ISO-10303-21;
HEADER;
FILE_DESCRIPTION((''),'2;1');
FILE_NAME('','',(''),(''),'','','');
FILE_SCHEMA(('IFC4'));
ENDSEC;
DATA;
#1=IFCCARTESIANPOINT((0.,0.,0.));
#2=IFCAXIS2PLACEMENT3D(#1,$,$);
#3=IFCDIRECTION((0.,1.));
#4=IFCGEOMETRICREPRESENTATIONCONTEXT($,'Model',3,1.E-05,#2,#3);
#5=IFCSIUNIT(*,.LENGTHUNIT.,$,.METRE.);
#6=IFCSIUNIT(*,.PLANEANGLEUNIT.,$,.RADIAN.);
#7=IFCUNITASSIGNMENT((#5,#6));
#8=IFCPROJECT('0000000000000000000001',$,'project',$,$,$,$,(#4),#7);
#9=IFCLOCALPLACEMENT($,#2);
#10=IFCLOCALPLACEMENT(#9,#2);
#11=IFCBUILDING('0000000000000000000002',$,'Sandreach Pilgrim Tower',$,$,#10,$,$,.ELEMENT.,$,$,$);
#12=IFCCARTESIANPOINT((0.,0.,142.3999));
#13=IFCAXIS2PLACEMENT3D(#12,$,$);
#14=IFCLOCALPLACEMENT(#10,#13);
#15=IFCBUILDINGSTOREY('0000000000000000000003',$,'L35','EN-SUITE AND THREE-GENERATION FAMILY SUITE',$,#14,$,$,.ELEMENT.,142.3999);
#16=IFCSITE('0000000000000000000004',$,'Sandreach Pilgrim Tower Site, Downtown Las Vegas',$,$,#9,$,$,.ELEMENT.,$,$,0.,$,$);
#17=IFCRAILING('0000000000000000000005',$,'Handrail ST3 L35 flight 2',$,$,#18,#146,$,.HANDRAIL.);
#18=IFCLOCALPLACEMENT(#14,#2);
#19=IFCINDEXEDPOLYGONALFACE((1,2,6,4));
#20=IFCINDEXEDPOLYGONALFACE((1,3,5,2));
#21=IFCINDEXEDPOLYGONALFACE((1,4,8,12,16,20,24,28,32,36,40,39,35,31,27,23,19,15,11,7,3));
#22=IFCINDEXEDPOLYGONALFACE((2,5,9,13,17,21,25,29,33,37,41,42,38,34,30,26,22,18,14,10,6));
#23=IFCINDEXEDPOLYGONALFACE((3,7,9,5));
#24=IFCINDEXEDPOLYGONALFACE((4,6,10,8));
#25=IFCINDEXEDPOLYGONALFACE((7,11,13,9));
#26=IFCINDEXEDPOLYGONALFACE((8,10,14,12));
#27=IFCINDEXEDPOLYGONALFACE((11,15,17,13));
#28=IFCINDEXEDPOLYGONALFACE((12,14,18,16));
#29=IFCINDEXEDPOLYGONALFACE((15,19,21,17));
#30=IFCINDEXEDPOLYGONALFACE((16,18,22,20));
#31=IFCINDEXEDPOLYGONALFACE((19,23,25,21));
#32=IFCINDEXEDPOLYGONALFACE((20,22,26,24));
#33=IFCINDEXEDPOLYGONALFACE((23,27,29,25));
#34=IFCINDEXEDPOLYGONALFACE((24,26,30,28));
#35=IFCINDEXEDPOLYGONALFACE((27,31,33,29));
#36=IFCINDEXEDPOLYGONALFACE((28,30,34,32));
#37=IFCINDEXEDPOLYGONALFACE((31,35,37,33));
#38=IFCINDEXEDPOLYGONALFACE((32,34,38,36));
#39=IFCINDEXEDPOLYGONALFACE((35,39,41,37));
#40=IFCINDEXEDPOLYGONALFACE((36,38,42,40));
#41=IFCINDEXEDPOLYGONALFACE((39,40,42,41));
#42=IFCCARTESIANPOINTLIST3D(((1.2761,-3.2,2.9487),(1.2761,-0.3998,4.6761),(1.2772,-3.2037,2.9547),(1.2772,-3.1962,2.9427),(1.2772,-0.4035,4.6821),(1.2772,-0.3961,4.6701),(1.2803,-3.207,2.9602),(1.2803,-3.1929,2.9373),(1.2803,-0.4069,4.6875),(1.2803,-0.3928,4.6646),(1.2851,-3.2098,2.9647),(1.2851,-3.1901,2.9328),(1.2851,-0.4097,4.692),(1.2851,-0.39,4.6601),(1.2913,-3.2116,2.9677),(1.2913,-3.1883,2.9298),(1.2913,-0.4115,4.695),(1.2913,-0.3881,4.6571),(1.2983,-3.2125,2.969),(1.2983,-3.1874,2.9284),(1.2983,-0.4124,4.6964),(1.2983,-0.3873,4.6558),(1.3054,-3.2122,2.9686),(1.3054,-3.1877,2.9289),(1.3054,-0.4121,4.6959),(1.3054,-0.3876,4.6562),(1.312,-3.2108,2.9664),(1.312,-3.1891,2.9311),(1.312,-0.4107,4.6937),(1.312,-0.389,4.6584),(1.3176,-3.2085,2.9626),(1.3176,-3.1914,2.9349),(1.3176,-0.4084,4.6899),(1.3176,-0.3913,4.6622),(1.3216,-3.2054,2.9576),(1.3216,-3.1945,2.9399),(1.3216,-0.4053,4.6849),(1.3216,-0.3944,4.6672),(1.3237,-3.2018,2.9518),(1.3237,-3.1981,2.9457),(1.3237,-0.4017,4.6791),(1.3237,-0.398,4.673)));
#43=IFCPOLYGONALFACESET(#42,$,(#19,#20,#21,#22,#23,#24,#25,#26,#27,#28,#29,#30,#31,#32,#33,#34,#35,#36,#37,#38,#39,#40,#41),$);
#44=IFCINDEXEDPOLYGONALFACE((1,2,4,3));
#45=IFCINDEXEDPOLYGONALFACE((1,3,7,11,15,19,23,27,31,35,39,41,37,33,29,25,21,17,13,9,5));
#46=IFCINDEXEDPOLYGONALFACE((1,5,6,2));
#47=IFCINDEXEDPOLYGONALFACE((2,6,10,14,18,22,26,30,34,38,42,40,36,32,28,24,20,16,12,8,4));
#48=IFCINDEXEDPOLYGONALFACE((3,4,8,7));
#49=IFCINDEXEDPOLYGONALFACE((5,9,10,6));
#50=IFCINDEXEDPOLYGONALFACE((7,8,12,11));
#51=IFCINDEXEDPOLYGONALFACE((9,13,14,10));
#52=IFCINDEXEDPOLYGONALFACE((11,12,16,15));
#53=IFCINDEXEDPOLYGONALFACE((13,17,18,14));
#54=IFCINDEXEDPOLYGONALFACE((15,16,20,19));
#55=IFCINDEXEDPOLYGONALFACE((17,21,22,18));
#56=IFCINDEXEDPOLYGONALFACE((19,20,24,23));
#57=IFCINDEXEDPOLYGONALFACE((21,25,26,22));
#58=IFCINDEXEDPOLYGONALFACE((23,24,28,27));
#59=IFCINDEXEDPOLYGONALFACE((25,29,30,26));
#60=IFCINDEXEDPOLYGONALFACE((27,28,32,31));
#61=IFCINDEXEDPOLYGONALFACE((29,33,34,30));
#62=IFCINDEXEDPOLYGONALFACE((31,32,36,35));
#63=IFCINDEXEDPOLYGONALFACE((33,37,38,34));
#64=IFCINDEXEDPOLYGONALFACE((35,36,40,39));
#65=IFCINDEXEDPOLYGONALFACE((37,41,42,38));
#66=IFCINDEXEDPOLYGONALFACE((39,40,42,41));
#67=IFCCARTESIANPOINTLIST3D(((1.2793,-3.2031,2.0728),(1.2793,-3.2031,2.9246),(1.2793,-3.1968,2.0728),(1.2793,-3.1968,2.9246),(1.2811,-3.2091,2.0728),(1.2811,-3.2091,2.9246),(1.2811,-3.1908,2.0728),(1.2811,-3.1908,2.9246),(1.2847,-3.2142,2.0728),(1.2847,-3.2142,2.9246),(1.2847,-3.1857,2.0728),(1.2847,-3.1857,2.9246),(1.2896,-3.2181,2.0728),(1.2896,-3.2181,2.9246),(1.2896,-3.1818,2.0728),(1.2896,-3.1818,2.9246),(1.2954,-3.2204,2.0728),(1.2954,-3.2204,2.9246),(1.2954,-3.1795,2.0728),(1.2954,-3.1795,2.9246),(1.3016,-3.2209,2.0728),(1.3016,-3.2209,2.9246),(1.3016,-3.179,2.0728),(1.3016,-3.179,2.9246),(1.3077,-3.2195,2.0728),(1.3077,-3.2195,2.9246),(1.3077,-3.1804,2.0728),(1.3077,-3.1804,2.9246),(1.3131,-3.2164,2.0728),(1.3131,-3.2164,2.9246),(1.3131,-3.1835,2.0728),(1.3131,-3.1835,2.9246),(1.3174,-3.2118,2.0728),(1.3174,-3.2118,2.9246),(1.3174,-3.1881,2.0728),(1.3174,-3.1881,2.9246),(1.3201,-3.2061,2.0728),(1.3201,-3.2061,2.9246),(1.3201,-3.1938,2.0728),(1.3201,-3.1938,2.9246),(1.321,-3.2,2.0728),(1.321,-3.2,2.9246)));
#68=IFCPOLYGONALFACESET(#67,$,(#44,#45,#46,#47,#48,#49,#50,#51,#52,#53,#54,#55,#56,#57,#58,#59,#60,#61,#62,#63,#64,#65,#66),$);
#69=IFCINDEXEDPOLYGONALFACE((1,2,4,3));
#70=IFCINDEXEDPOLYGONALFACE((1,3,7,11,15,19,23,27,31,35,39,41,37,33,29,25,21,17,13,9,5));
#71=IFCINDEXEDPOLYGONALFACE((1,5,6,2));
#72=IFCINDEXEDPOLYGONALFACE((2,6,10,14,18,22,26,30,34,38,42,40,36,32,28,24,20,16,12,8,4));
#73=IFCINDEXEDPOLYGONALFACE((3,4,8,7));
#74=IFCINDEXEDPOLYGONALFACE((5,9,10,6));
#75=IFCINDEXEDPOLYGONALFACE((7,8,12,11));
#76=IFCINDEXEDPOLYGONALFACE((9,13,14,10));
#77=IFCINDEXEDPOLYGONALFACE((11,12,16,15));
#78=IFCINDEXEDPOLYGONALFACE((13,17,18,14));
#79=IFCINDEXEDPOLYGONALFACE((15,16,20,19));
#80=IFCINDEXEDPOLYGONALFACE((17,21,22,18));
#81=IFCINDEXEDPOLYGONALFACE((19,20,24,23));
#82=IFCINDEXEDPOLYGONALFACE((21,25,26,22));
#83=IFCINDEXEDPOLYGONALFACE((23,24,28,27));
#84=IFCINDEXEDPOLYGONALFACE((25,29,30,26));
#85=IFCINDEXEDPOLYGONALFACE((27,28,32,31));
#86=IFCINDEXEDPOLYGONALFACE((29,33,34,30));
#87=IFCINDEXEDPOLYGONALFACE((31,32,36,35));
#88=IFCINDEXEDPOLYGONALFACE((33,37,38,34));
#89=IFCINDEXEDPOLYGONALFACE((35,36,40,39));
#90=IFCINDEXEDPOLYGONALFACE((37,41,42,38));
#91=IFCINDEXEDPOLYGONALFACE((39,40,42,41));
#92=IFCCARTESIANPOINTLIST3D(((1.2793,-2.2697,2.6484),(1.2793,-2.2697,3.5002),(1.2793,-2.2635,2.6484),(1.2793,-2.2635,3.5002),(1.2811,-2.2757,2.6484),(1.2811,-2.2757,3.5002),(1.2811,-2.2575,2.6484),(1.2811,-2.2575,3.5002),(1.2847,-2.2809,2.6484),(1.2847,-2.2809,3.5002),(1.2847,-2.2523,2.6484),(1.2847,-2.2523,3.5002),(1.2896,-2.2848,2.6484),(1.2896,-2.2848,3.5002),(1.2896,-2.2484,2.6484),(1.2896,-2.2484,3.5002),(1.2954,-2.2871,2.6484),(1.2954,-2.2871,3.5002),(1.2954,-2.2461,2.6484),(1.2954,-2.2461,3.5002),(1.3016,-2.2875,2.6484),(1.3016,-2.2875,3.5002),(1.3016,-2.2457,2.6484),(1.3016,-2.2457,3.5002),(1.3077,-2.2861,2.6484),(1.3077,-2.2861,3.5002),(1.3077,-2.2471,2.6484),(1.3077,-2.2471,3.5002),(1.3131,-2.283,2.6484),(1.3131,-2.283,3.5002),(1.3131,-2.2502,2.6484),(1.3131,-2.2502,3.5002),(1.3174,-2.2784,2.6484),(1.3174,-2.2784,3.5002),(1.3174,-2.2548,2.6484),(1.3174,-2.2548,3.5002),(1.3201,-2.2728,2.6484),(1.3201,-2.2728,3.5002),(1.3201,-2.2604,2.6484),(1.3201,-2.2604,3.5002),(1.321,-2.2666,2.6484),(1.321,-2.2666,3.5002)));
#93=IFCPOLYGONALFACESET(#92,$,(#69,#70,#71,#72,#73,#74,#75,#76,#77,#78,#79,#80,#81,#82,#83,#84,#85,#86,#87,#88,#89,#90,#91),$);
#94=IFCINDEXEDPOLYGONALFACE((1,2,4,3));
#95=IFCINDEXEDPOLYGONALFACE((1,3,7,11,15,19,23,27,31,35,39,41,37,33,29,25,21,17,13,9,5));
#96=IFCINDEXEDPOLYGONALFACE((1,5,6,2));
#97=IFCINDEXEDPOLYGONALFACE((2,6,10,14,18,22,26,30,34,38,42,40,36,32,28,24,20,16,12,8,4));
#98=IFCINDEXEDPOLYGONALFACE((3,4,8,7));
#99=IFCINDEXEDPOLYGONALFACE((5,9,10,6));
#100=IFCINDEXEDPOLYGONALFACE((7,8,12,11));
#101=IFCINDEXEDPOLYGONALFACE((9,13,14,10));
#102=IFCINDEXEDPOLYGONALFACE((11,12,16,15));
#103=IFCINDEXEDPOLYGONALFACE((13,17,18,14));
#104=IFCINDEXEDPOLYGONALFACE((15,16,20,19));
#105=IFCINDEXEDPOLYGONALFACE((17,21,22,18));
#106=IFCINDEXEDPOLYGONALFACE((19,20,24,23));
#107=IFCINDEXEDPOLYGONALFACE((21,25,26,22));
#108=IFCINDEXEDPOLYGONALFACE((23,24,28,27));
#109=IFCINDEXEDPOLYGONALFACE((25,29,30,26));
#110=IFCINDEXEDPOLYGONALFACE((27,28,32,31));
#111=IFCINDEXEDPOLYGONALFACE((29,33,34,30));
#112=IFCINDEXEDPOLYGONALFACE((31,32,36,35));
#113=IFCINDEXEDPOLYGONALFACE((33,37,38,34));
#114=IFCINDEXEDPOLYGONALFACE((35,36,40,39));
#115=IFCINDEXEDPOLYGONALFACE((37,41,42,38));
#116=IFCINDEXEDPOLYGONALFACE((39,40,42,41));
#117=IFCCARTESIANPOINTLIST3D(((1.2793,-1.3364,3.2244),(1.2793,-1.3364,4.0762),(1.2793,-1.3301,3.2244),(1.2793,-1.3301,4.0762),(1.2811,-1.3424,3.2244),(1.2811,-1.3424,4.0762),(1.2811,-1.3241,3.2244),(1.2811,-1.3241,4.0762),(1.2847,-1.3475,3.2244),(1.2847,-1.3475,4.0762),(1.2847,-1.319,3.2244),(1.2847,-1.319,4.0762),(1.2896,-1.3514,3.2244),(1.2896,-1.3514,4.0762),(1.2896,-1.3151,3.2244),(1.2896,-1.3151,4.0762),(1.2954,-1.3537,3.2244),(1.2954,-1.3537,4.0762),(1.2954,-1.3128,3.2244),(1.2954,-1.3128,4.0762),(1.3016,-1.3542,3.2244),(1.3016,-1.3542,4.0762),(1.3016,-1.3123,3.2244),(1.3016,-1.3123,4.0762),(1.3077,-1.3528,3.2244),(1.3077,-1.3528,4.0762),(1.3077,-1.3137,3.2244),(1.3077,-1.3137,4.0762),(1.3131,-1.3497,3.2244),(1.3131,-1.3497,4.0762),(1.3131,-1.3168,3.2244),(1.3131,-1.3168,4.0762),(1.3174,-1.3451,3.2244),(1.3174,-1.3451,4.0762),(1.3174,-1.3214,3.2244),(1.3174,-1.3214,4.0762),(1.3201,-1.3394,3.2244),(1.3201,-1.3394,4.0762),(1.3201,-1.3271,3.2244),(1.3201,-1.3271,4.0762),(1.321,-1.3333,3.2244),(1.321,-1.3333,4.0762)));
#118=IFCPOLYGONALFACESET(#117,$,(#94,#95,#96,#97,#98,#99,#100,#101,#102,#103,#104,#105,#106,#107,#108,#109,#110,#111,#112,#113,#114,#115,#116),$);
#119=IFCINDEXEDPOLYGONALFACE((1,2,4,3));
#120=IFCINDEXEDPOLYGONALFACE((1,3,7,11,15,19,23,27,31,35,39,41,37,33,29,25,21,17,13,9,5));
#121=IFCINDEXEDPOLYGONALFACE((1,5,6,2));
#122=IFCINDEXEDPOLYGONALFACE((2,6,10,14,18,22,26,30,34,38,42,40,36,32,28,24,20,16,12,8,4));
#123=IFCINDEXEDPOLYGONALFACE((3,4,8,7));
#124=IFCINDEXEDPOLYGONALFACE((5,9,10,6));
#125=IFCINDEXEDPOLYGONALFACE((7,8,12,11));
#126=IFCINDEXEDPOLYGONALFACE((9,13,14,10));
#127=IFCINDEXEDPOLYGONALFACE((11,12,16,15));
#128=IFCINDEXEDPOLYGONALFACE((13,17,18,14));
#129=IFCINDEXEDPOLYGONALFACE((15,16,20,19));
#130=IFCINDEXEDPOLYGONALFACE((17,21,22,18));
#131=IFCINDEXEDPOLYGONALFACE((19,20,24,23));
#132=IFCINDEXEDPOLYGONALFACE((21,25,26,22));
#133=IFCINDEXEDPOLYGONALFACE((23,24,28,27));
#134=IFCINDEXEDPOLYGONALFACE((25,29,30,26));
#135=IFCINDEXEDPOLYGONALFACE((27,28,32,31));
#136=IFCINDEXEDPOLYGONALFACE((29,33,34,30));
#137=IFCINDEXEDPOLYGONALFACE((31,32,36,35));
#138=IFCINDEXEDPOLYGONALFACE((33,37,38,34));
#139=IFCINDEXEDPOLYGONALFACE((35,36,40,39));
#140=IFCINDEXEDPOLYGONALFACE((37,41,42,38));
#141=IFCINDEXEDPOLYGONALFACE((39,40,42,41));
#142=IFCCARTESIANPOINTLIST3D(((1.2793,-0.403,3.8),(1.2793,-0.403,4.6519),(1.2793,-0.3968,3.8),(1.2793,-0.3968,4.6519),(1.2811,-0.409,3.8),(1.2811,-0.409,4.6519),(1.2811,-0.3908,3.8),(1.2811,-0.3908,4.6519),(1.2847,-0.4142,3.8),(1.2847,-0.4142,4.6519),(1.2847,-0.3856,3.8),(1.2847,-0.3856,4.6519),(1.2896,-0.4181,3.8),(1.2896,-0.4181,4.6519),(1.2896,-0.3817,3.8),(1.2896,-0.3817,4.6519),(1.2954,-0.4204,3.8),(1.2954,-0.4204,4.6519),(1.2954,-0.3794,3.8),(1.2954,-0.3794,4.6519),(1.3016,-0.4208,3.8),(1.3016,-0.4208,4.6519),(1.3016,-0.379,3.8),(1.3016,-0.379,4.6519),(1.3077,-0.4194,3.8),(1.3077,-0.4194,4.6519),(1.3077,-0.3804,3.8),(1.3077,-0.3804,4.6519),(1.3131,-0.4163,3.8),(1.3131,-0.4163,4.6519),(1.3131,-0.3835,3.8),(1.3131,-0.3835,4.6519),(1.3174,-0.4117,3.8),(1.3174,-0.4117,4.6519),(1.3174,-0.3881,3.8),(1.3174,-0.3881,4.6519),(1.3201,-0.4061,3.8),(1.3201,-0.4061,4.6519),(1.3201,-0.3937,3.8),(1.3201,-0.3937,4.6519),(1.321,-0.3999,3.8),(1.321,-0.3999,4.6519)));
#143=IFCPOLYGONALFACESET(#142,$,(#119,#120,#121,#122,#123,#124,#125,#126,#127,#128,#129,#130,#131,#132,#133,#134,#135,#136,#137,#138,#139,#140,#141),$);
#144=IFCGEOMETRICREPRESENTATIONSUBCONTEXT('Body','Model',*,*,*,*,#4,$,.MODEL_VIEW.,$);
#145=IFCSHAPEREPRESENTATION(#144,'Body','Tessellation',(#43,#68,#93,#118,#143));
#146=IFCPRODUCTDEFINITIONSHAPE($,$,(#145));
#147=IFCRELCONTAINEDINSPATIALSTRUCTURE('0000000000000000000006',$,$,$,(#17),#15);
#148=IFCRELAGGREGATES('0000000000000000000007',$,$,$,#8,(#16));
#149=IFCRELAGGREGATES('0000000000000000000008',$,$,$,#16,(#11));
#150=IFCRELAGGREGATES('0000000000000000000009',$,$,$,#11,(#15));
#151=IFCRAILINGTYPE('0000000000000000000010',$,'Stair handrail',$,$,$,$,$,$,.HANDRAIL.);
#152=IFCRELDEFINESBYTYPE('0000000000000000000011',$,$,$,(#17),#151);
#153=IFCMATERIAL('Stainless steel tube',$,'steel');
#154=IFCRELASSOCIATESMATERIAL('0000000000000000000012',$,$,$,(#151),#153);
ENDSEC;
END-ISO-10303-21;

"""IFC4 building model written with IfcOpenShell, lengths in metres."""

from ifc_helpers import new_model, si_unit, direction, frame, origin, origin_2d, place, context, subcontext, project, spatial, circle, extrude, material, type_object, element, save


model = new_model("IFC4")

# Units and contexts
model_context = context("Model", 3, precision=1e-05, world=origin(), true_north=direction((0.0, 1.0)))
body_context = subcontext(model_context, "Body", "Model", "MODEL_VIEW")
ifc_project = project(units=[si_unit("LENGTHUNIT", "METRE"), si_unit("PLANEANGLEUNIT", "RADIAN")], contexts=[model_context])

# Site, building, storey
site_placement = place(None, origin())
site = spatial("IfcSite", under=ifc_project, at=site_placement, Name="Sandreach Pilgrim Tower Site, Downtown Las Vegas", CompositionType="ELEMENT", RefElevation=0.0)
building_placement = place(site_placement, origin())
building = spatial("IfcBuilding", under=site, at=building_placement, Name="Sandreach Pilgrim Tower", CompositionType="ELEMENT")
storey_placement = place(building_placement, frame((0.0, 0.0, 142.3999)))
storey = spatial("IfcBuildingStorey", under=building, at=storey_placement, Name="L35", Description="EN-SUITE AND THREE-GENERATION FAMILY SUITE", CompositionType="ELEMENT", Elevation=142.3999)

# Railing
ifc_material_1 = material(Name="Stainless steel tube", Category="steel")
railing_type = type_object("IfcRailingType", Name="Stair handrail", PredefinedType="HANDRAIL", material=ifc_material_1)
for number, where, name in (
    (1, (1.3, -3.2, 2.0728), "Handrail ST3 L35 flight 2"),
):
    element("IfcRailing", number, at=place(storey_placement, frame(where)), inside=storey, type_object=railing_type, Name=name, PredefinedType="HANDRAIL", context=body_context, shape_type="SweptSolid", body=[
        extrude(circle(Radius=0.0239, at=origin_2d()), frame((0.0, 0.0, 0.876), z_axis=(0.0, 0.85109, 0.52502), x_axis=(-1.0, 0.0, 0.0)), (0.0, 0.0, 1.0), 3.29),
        extrude(circle(Radius=0.021, at=origin_2d()), origin(), (0.0, 0.0, 1.0), 0.8518),
        extrude(circle(Radius=0.021, at=origin_2d()), frame((0.0, 0.9333, 0.5757)), (0.0, 0.0, 1.0), 0.8518),
        extrude(circle(Radius=0.021, at=origin_2d()), frame((0.0, 1.8667, 1.1516)), (0.0, 0.0, 1.0), 0.8518),
        extrude(circle(Radius=0.021, at=origin_2d()), frame((0.0, 2.8, 1.7273)), (0.0, 0.0, 1.0), 0.8518),
    ])

save(model, "model.ifc")
